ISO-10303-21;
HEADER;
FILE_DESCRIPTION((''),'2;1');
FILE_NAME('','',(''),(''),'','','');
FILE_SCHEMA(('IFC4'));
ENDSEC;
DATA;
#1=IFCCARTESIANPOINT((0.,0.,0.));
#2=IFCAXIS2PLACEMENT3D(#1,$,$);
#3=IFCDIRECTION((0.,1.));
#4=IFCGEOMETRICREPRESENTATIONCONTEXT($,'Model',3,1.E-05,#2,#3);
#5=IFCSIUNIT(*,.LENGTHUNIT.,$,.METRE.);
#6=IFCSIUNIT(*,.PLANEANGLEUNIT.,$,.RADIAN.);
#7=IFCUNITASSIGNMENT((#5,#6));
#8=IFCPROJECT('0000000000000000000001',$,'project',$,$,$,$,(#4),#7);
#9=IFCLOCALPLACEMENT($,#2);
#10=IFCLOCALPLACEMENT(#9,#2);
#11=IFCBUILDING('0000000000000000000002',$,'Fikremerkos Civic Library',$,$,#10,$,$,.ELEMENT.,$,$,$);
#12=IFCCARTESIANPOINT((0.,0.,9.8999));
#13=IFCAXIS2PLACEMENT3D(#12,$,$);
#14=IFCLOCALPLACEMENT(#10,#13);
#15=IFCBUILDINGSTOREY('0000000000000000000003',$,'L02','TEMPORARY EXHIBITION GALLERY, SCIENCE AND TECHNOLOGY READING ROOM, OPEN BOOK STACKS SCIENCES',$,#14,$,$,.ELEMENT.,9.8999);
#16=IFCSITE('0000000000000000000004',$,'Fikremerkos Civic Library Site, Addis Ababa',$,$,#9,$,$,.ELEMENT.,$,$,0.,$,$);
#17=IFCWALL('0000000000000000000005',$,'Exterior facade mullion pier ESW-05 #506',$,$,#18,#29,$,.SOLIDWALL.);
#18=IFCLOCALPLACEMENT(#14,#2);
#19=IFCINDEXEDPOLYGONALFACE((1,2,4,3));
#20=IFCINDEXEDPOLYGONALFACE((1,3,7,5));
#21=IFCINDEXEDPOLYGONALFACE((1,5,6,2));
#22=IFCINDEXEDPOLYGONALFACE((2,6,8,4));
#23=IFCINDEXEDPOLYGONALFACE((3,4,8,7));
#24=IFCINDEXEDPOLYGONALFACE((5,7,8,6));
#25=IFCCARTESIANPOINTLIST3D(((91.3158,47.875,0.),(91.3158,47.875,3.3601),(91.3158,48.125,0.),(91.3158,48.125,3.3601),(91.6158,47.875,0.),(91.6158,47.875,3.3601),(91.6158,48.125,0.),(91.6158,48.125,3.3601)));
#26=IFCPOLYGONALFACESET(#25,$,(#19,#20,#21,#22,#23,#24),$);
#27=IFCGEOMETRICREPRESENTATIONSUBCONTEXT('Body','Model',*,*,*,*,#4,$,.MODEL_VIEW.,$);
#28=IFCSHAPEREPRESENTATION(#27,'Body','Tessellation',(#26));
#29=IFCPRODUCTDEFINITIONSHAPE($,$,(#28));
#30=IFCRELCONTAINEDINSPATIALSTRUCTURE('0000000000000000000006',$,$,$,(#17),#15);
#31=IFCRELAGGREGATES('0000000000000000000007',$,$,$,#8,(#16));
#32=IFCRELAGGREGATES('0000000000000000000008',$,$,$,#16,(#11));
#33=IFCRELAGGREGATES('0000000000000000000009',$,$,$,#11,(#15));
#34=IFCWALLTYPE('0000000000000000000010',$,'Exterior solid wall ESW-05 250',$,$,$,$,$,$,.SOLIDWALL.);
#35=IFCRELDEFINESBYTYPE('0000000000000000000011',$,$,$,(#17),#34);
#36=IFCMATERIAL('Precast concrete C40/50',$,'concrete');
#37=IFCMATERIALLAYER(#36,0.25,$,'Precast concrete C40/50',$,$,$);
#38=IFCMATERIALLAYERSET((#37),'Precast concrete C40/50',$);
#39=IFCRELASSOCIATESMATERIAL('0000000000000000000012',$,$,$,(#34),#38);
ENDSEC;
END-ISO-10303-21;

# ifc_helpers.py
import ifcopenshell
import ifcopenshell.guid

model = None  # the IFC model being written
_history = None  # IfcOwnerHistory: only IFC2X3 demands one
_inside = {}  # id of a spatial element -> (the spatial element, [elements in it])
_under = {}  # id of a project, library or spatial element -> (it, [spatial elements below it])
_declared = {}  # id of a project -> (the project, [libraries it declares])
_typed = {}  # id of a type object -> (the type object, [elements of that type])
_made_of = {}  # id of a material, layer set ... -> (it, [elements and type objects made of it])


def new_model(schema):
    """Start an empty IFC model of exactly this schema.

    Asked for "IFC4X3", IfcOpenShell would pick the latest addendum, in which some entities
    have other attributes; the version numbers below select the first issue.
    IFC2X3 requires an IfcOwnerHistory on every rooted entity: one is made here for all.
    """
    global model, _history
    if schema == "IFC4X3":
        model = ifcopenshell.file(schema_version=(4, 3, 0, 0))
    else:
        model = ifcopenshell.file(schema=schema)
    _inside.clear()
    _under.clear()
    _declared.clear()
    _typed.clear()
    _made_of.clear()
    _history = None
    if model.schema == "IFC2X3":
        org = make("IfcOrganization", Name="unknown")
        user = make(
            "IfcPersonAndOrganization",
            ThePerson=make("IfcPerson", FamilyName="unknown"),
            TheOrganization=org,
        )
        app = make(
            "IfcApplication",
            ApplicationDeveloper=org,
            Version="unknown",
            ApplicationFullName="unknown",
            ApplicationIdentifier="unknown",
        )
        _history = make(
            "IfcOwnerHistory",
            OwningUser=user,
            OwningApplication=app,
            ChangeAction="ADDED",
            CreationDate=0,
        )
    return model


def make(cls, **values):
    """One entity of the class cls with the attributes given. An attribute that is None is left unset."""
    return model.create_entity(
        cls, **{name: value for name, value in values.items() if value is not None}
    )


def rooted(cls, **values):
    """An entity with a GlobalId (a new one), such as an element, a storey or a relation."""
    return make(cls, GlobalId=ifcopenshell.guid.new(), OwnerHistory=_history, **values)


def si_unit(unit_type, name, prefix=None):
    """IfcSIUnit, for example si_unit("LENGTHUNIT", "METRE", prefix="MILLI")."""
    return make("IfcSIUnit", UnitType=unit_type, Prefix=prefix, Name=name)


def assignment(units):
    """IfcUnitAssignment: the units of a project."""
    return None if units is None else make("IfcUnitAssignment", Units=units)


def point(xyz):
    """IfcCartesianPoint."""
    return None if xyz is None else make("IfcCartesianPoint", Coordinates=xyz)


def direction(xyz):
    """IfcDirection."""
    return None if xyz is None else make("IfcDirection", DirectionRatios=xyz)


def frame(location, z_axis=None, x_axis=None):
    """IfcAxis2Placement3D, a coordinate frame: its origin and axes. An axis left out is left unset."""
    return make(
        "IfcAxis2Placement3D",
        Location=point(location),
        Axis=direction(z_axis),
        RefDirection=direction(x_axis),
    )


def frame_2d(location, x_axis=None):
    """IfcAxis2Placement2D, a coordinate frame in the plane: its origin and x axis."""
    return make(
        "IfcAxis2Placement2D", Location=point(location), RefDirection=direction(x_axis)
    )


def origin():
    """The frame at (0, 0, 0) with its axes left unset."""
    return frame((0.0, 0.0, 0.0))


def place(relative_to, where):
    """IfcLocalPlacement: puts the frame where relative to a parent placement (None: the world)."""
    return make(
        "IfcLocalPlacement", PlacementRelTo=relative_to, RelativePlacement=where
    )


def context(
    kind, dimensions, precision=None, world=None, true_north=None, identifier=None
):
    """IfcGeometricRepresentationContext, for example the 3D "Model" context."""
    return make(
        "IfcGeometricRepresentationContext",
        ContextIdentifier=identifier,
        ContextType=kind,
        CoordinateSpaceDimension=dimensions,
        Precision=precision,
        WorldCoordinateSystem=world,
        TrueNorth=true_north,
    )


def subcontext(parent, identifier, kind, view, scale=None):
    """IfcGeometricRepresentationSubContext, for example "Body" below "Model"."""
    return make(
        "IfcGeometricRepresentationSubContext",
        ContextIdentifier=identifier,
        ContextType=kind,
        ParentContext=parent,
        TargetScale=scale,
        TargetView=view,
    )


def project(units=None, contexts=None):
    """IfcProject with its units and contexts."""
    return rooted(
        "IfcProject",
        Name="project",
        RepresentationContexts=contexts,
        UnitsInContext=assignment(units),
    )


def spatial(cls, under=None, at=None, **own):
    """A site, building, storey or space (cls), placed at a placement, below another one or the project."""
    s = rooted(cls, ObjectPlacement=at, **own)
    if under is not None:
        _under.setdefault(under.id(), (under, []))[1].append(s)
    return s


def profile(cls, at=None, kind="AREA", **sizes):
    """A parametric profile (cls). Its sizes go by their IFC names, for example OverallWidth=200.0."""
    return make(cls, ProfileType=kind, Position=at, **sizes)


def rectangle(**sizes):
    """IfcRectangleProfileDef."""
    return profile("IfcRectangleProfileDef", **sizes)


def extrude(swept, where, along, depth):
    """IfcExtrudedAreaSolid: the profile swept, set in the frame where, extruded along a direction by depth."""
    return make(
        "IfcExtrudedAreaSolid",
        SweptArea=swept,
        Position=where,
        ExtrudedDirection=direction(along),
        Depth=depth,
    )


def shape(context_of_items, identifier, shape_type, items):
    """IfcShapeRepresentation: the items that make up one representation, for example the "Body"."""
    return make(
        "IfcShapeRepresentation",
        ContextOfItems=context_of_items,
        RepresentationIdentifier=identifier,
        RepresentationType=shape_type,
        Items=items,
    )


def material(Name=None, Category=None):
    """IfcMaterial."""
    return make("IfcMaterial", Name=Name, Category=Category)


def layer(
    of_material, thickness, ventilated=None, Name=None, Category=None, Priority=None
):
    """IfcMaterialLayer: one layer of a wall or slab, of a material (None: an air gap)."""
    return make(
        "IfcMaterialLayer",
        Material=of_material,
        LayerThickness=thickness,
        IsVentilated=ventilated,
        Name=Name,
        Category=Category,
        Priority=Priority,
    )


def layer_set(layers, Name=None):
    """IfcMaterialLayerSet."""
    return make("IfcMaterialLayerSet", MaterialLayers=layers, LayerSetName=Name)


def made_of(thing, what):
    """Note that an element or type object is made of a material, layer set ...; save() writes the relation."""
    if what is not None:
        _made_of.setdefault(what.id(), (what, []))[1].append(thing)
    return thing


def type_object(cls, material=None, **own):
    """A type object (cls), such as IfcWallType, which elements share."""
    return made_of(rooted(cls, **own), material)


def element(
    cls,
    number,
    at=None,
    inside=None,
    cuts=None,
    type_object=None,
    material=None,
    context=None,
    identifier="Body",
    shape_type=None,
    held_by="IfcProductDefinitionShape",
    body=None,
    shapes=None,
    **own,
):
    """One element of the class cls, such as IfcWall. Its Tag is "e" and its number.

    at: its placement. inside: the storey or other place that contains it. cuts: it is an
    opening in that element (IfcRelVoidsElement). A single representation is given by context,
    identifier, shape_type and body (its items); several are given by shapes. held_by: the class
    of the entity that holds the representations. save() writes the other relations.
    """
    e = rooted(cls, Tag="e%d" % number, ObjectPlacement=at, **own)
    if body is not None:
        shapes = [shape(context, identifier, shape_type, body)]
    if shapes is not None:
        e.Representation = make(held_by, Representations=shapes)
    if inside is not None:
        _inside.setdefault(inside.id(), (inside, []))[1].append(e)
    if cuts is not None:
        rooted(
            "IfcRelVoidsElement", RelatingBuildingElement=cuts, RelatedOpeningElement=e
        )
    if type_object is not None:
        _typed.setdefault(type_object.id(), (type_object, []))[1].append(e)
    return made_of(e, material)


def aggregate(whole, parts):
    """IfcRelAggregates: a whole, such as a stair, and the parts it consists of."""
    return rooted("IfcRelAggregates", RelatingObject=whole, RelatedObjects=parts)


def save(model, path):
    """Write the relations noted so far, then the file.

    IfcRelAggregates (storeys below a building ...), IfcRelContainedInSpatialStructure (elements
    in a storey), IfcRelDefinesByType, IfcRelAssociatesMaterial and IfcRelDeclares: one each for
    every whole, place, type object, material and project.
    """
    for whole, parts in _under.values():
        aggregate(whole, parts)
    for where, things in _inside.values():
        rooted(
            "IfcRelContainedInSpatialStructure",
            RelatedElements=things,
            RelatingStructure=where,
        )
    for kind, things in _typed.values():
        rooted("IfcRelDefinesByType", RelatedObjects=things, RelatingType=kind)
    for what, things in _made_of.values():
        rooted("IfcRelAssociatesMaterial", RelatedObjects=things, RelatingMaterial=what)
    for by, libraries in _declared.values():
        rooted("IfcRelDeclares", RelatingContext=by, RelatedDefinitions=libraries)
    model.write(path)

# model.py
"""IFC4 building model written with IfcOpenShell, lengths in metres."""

from ifc_helpers import new_model, si_unit, direction, frame, frame_2d, origin, place, context, subcontext, project, spatial, rectangle, extrude, material, layer, layer_set, type_object, element, save


model = new_model("IFC4")

# Units and contexts
model_context = context("Model", 3, precision=1e-05, world=origin(), true_north=direction((0.0, 1.0)))
body_context = subcontext(model_context, "Body", "Model", "MODEL_VIEW")
ifc_project = project(units=[si_unit("LENGTHUNIT", "METRE"), si_unit("PLANEANGLEUNIT", "RADIAN")], contexts=[model_context])

# Site, building, storey
site_placement = place(None, origin())
site = spatial("IfcSite", under=ifc_project, at=site_placement, Name="Fikremerkos Civic Library Site, Addis Ababa", CompositionType="ELEMENT", RefElevation=0.0)
building_placement = place(site_placement, origin())
building = spatial("IfcBuilding", under=site, at=building_placement, Name="Fikremerkos Civic Library", CompositionType="ELEMENT")
storey_placement = place(building_placement, frame((0.0, 0.0, 9.8999)))
storey = spatial("IfcBuildingStorey", under=building, at=storey_placement, Name="L02", Description="TEMPORARY EXHIBITION GALLERY, SCIENCE AND TECHNOLOGY READING ROOM, OPEN BOOK STACKS SCIENCES", CompositionType="ELEMENT", Elevation=9.8999)

# Wall
ifc_material_1 = material(Name="Precast concrete C40/50", Category="concrete")
ifc_layer_1 = layer(ifc_material_1, 0.25, Name="Precast concrete C40/50")
ifc_layer_set_1 = layer_set([ifc_layer_1], Name="Precast concrete C40/50")
wall_type = type_object("IfcWallType", Name="Exterior solid wall ESW-05 250", PredefinedType="SOLIDWALL", material=ifc_layer_set_1)
wall_placement = place(storey_placement, frame((91.3159, 48.0, 0.0), z_axis=(0.0, 0.0, 1.0), x_axis=(1.0, 0.0, 0.0)))
element("IfcWall", 1, at=wall_placement, inside=storey, type_object=wall_type, Name="Exterior facade mullion pier ESW-05 #506", PredefinedType="SOLIDWALL", context=body_context, shape_type="SweptSolid", body=[
    extrude(rectangle(XDim=0.3, YDim=0.25, at=frame_2d((0.1499, 0.0))), origin(), (0.0, 0.0, 1.0), 3.3601),
])

save(model, "model.ifc")
